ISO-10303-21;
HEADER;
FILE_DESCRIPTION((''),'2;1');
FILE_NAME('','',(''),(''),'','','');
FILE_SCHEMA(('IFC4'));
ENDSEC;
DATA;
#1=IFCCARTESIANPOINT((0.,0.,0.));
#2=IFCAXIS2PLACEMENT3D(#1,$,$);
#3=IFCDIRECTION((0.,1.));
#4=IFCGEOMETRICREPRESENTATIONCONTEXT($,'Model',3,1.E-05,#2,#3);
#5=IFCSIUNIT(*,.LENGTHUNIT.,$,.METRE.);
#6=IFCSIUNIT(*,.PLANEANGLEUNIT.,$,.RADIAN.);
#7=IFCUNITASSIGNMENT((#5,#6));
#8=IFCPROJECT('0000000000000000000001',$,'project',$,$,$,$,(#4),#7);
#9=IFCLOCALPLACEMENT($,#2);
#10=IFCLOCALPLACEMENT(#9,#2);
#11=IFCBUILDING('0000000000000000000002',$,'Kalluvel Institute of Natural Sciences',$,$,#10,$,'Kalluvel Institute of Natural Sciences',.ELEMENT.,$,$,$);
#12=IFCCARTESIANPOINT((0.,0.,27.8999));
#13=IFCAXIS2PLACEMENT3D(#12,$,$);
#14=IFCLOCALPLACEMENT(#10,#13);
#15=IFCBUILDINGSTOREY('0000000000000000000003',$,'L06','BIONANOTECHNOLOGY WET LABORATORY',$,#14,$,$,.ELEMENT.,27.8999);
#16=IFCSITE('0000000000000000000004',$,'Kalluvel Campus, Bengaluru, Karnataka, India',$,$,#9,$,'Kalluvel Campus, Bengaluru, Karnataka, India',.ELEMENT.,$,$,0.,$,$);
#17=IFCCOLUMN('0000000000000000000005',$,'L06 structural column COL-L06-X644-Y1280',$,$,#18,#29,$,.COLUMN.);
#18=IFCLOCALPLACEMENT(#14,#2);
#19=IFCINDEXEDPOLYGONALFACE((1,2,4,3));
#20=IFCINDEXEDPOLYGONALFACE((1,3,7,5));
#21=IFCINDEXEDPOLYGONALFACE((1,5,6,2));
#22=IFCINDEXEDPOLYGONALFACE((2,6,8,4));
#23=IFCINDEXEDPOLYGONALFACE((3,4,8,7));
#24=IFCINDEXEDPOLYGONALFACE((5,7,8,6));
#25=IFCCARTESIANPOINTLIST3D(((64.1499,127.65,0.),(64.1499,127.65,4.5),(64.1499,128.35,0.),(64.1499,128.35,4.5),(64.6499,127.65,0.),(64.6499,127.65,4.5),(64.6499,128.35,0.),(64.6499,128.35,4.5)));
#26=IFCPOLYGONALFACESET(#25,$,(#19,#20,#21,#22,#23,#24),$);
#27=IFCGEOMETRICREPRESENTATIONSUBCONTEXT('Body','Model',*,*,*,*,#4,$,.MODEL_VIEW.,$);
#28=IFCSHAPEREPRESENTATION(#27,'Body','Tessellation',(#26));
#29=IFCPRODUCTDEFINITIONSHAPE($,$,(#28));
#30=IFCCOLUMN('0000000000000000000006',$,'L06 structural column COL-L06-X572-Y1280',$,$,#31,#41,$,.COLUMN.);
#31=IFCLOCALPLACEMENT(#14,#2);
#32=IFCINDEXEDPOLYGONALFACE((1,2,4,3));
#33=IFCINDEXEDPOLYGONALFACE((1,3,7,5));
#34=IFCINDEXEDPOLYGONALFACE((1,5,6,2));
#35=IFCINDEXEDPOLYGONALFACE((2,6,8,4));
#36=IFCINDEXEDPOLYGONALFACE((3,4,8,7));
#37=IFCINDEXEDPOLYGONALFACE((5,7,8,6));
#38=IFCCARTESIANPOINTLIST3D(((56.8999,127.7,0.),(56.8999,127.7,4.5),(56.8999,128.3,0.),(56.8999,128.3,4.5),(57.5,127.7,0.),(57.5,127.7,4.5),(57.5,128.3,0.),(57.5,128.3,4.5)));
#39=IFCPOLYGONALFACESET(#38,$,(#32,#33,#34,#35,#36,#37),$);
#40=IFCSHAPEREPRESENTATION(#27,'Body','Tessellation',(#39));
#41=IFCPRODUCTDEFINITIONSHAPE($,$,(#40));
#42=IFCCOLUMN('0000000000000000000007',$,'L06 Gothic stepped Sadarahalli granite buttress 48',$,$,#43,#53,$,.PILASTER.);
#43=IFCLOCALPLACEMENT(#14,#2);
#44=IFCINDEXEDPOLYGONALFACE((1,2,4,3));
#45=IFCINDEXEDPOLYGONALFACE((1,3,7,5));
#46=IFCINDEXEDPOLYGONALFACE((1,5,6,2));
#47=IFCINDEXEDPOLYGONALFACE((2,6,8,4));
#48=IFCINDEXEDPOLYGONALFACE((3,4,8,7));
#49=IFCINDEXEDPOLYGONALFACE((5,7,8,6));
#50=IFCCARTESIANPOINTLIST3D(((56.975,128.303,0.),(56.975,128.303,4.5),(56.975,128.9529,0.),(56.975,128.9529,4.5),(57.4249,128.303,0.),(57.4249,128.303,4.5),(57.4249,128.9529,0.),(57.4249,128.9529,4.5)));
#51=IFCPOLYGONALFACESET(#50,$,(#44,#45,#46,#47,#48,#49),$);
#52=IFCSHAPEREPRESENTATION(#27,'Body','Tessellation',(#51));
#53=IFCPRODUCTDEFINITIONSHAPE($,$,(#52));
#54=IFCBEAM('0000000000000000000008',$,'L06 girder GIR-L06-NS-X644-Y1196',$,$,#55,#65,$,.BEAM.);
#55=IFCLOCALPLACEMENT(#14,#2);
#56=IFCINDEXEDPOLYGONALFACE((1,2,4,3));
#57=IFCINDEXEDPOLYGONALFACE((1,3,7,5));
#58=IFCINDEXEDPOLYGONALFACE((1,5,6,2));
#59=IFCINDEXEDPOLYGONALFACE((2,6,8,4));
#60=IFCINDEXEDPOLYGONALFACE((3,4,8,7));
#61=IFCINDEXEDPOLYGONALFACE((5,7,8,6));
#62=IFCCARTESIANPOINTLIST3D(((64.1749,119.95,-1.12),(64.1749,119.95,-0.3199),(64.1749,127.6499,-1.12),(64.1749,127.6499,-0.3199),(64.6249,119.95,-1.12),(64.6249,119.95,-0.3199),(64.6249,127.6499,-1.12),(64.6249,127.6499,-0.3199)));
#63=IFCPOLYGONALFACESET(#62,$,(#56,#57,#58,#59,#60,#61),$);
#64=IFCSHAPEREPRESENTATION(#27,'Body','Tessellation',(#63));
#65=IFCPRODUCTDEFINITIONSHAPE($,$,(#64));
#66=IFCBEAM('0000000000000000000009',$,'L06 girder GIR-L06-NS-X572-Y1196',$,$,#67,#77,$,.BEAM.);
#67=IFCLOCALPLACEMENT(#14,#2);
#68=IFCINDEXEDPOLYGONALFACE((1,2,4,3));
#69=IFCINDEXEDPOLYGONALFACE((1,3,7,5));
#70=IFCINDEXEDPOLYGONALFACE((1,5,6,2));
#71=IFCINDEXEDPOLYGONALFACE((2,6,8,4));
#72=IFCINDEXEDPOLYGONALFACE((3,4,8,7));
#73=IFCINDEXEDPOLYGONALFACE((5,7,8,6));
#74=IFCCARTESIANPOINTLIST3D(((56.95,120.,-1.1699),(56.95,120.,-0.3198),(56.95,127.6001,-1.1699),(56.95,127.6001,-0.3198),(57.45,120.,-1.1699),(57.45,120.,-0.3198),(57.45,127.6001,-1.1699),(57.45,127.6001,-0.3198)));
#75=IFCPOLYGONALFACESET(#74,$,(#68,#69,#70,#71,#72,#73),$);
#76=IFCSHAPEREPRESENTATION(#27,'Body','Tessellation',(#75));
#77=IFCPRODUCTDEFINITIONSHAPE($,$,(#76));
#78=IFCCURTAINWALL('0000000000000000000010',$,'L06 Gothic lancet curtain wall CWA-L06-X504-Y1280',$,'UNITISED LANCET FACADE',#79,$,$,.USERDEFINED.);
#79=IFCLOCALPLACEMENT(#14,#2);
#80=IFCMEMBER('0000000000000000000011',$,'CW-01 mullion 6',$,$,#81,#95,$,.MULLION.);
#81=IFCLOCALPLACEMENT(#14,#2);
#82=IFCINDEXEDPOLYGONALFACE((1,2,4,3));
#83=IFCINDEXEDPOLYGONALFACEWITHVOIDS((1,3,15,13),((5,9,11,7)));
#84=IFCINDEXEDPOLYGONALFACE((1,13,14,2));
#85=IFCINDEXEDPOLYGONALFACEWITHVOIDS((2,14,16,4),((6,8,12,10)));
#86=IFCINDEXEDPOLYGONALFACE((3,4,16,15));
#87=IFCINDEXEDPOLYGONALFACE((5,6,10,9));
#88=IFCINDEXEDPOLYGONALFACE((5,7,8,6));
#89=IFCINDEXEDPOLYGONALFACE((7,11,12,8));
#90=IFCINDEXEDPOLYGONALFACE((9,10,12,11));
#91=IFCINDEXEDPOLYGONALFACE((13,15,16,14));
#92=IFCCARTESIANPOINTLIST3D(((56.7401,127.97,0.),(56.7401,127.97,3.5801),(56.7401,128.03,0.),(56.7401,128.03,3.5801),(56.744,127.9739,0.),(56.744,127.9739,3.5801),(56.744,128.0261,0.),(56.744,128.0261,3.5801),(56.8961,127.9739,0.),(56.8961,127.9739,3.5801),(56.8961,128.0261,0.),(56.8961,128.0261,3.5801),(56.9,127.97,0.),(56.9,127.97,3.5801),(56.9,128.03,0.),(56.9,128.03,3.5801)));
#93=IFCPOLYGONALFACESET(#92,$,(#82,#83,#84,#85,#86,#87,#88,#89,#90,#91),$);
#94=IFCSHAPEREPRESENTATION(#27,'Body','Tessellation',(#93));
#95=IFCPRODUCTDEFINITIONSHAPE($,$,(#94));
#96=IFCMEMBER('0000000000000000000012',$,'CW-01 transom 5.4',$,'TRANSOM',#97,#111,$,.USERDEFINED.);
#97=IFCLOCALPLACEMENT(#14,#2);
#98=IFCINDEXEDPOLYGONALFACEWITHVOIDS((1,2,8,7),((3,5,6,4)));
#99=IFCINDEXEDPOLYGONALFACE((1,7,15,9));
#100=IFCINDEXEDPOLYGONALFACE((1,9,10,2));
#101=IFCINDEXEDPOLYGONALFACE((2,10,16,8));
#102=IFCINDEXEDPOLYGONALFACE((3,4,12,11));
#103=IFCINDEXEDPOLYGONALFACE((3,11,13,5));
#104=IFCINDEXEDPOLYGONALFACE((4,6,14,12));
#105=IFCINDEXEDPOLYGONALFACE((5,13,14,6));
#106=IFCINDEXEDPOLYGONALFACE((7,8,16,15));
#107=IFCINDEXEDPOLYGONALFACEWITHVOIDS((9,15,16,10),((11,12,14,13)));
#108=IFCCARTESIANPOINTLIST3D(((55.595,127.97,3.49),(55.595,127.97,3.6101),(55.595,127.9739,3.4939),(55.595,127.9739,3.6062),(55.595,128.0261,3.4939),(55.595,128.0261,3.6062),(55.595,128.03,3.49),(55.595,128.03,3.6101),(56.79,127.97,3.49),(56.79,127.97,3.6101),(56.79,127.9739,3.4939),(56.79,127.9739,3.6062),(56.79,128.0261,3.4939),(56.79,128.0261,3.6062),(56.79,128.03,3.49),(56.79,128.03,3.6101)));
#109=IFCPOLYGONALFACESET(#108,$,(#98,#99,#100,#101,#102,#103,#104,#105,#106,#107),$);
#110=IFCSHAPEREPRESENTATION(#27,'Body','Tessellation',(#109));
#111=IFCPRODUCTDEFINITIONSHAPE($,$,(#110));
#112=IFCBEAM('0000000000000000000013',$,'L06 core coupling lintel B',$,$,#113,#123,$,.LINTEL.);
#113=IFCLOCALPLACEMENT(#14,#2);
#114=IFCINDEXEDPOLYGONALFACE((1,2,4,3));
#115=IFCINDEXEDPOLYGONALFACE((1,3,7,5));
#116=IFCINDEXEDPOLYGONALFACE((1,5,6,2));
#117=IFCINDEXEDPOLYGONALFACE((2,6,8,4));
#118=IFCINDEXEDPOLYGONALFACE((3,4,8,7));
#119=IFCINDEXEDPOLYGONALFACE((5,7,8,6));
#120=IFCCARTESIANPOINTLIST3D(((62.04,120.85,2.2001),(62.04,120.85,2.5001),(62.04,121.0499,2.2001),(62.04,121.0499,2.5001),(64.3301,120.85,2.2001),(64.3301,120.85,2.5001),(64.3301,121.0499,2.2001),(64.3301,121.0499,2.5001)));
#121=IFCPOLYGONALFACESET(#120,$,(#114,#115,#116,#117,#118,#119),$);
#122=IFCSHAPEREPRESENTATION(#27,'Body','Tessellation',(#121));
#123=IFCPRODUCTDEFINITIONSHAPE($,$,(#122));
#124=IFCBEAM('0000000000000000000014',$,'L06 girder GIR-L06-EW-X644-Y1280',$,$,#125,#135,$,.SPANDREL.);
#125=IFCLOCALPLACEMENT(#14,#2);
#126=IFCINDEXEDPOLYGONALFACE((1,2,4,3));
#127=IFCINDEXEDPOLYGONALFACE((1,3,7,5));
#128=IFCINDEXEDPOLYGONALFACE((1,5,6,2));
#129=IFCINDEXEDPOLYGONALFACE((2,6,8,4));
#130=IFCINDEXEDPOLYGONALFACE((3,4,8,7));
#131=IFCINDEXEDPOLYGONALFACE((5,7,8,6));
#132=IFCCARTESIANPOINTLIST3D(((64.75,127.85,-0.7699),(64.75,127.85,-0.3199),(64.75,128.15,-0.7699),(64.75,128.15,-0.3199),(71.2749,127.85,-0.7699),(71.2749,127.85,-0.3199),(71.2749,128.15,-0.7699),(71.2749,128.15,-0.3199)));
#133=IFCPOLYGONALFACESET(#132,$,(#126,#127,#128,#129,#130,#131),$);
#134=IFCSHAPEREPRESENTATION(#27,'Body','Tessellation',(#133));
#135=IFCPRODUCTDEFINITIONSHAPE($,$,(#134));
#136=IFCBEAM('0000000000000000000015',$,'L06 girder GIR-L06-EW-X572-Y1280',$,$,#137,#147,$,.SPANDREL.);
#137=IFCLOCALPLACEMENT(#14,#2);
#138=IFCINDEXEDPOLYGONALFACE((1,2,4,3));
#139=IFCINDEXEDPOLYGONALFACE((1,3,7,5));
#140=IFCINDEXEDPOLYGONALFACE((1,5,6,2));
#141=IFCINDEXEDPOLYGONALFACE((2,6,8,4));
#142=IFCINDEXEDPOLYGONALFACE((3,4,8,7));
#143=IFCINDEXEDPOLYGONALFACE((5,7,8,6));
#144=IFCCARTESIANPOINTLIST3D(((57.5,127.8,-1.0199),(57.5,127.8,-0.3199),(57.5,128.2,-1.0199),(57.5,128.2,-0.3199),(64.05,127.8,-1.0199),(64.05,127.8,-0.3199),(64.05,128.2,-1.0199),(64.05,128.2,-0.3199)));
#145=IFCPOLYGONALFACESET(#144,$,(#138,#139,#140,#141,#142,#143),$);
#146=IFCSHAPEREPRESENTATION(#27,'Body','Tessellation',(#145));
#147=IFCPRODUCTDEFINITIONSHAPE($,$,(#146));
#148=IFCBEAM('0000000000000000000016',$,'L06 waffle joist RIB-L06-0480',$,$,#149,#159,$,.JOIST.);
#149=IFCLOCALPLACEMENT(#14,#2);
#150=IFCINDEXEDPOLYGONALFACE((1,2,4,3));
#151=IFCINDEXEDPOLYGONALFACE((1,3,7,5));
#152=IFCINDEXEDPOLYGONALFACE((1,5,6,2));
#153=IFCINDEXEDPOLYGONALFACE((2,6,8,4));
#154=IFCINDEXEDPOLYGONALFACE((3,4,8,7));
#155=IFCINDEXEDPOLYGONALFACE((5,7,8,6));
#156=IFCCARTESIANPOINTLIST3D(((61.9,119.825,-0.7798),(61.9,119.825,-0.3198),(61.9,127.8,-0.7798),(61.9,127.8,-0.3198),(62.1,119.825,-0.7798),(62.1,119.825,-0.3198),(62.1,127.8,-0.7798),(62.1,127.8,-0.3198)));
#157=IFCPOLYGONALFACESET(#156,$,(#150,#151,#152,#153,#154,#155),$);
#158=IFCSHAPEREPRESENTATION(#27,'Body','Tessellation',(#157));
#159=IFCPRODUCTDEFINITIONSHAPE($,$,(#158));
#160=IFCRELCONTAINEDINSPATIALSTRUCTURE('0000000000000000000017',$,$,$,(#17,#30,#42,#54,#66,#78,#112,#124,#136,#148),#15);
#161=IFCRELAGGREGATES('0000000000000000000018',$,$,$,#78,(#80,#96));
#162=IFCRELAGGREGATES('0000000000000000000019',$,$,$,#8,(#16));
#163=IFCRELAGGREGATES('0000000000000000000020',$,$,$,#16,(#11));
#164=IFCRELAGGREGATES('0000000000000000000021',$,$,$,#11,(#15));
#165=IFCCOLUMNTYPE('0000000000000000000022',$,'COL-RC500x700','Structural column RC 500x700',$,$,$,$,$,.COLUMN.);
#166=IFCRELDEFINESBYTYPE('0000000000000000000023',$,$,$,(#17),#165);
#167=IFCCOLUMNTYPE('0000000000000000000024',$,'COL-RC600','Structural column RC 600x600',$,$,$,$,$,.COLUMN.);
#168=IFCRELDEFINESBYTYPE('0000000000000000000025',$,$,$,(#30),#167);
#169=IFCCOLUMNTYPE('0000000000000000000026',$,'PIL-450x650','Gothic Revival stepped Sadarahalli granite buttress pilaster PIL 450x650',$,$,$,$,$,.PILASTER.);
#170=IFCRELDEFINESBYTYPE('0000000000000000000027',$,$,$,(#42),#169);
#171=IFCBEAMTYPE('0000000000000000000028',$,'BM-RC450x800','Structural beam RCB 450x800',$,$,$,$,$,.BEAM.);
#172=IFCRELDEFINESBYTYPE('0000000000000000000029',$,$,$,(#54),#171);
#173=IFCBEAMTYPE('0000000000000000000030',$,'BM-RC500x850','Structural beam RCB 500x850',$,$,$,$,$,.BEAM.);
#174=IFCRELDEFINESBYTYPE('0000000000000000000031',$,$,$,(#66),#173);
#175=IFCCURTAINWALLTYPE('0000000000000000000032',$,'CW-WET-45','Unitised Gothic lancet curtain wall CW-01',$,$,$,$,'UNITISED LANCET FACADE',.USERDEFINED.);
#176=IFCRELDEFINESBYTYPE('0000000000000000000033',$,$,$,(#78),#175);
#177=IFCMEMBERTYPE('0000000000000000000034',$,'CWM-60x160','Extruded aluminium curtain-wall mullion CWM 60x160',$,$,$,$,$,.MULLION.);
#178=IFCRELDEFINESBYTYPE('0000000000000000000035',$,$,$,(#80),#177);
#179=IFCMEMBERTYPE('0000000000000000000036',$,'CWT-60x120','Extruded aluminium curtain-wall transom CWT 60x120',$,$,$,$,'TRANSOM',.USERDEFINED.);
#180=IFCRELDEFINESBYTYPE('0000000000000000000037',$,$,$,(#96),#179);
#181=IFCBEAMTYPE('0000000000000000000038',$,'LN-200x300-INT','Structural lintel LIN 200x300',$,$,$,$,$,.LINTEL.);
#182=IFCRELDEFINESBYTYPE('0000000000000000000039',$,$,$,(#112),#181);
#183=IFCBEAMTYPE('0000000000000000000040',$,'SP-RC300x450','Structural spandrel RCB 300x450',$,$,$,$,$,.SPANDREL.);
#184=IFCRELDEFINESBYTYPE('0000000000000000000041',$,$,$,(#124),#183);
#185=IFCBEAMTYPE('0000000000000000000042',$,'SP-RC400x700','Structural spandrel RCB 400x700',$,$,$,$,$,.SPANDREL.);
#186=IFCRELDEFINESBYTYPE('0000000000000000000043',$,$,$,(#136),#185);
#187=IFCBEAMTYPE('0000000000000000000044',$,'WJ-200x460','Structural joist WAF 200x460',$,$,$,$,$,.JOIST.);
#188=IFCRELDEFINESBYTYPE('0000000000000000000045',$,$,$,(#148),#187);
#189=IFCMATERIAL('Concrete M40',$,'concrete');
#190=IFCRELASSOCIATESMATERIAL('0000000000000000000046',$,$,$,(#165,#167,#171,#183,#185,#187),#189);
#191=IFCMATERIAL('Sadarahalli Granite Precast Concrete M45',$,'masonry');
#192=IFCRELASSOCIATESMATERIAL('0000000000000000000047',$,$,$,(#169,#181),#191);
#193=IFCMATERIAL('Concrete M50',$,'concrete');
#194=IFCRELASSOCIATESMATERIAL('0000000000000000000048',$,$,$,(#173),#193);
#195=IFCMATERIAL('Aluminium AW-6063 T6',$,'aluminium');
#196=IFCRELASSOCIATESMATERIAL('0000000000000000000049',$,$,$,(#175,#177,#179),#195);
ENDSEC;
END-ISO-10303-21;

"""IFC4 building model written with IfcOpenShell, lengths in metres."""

from ifc_helpers import new_model, si_unit, direction, frame, origin, origin_2d, place, context, subcontext, project, spatial, rectangle, hollow_rectangle, extrude, material, material_profile, profile_set, type_object, element, aggregate, save


model = new_model("IFC4")

# Units and contexts
model_context = context("Model", 3, precision=1e-05, world=origin(), true_north=direction((0.0, 1.0)))
body_context = subcontext(model_context, "Body", "Model", "MODEL_VIEW")
ifc_project = project(units=[si_unit("LENGTHUNIT", "METRE"), si_unit("PLANEANGLEUNIT", "RADIAN")], contexts=[model_context])

# Site, building, storey
site_placement = place(None, origin())
site = spatial("IfcSite", under=ifc_project, at=site_placement, Name="Kalluvel Campus, Bengaluru, Karnataka, India", LongName="Kalluvel Campus, Bengaluru, Karnataka, India", CompositionType="ELEMENT", RefElevation=0.0)
building_placement = place(site_placement, origin())
building = spatial("IfcBuilding", under=site, at=building_placement, Name="Kalluvel Institute of Natural Sciences", LongName="Kalluvel Institute of Natural Sciences", CompositionType="ELEMENT")
storey_placement = place(building_placement, frame((0.0, 0.0, 27.8999)))
storey = spatial("IfcBuildingStorey", under=building, at=storey_placement, Name="L06", Description="BIONANOTECHNOLOGY WET LABORATORY", CompositionType="ELEMENT", Elevation=27.8999)

# Columns
ifc_material_1 = material(Name="Concrete M40", Category="concrete")
ifc_material_profile_1 = material_profile(ifc_material_1, rectangle(XDim=0.5, YDim=0.7, at=origin_2d()), Name="RC 500x700")
ifc_profile_set_1 = profile_set([ifc_material_profile_1], Name="Concrete M40")
column_type_1 = type_object("IfcColumnType", Name="COL-RC500x700", Description="Structural column RC 500x700", PredefinedType="COLUMN", material=ifc_profile_set_1)
column_1_placement = place(storey_placement, frame((64.3999, 128.0, 0.0), z_axis=(0.0, 0.0, 1.0), x_axis=(1.0, 0.0, 0.0)))
element("IfcColumn", 1, at=column_1_placement, inside=storey, type_object=column_type_1, Name="L06 structural column COL-L06-X644-Y1280", PredefinedType="COLUMN", context=body_context, shape_type="SweptSolid", body=[
    extrude(rectangle(XDim=0.5, YDim=0.7, at=origin_2d()), origin(), (0.0, 0.0, 1.0), 4.5),
])
ifc_material_profile_2 = material_profile(ifc_material_1, rectangle(XDim=0.6001, YDim=0.6001, at=origin_2d()), Name="RC 600x600")
ifc_profile_set_2 = profile_set([ifc_material_profile_2], Name="Concrete M40")
column_type_2 = type_object("IfcColumnType", Name="COL-RC600", Description="Structural column RC 600x600", PredefinedType="COLUMN", material=ifc_profile_set_2)
column_2_placement = place(storey_placement, frame((57.2, 128.0, 0.0), z_axis=(0.0, 0.0, 1.0), x_axis=(1.0, 0.0, 0.0)))
element("IfcColumn", 2, at=column_2_placement, inside=storey, type_object=column_type_2, Name="L06 structural column COL-L06-X572-Y1280", PredefinedType="COLUMN", context=body_context, shape_type="SweptSolid", body=[
    extrude(rectangle(XDim=0.6001, YDim=0.6001, at=origin_2d()), origin(), (0.0, 0.0, 1.0), 4.5),
])
ifc_material_2 = material(Name="Sadarahalli Granite Precast Concrete M45", Category="masonry")
ifc_material_profile_3 = material_profile(ifc_material_2, rectangle(XDim=0.45, YDim=0.6499, at=origin_2d()), Name="PIL 450x650")
ifc_profile_set_3 = profile_set([ifc_material_profile_3], Name="Sadarahalli Granite Precast Concrete M45")
column_type_3 = type_object("IfcColumnType", Name="PIL-450x650", Description="Gothic Revival stepped Sadarahalli granite buttress pilaster PIL 450x650", PredefinedType="PILASTER", material=ifc_profile_set_3)
column_3_placement = place(storey_placement, frame((57.2, 128.6279, 0.0), z_axis=(0.0, 0.0, 1.0), x_axis=(1.0, 0.0, 0.0)))
element("IfcColumn", 3, at=column_3_placement, inside=storey, type_object=column_type_3, Name="L06 Gothic stepped Sadarahalli granite buttress 48", PredefinedType="PILASTER", context=body_context, shape_type="SweptSolid", body=[
    extrude(rectangle(XDim=0.45, YDim=0.6499, at=origin_2d()), origin(), (0.0, 0.0, 1.0), 4.5),
])

# Beams
ifc_material_profile_4 = material_profile(ifc_material_1, rectangle(XDim=0.45, YDim=0.8, at=origin_2d()), Name="RCB 450x800")
ifc_profile_set_4 = profile_set([ifc_material_profile_4], Name="Concrete M40")
beam_type_1 = type_object("IfcBeamType", Name="BM-RC450x800", Description="Structural beam RCB 450x800", PredefinedType="BEAM", material=ifc_profile_set_4)
beam_1_placement = place(storey_placement, frame((64.3999, 119.95, -0.72), z_axis=(0.0, 1.0, 0.0), x_axis=(-1.0, 0.0, 0.0)))
element("IfcBeam", 4, at=beam_1_placement, inside=storey, type_object=beam_type_1, Name="L06 girder GIR-L06-NS-X644-Y1196", PredefinedType="BEAM", context=body_context, shape_type="SweptSolid", body=[
    extrude(rectangle(XDim=0.45, YDim=0.8, at=origin_2d()), origin(), (0.0, 0.0, 1.0), 7.7),
])
ifc_material_3 = material(Name="Concrete M50", Category="concrete")
ifc_material_profile_5 = material_profile(ifc_material_3, rectangle(XDim=0.5, YDim=0.8501, at=origin_2d()), Name="RCB 500x850")
ifc_profile_set_5 = profile_set([ifc_material_profile_5], Name="Concrete M50")
beam_type_2 = type_object("IfcBeamType", Name="BM-RC500x850", Description="Structural beam RCB 500x850", PredefinedType="BEAM", material=ifc_profile_set_5)
beam_2_placement = place(storey_placement, frame((57.2, 120.0, -0.7449), z_axis=(0.0, 1.0, 0.0), x_axis=(-1.0, 0.0, 0.0)))
element("IfcBeam", 5, at=beam_2_placement, inside=storey, type_object=beam_type_2, Name="L06 girder GIR-L06-NS-X572-Y1196", PredefinedType="BEAM", context=body_context, shape_type="SweptSolid", body=[
    extrude(rectangle(XDim=0.5, YDim=0.8501, at=origin_2d()), origin(), (0.0, 0.0, 1.0), 7.6001),
])

# Curtain wall, members
ifc_material_4 = material(Name="Aluminium AW-6063 T6", Category="aluminium")
curtain_wall_type = type_object("IfcCurtainWallType", Name="CW-WET-45", Description="Unitised Gothic lancet curtain wall CW-01", ElementType="UNITISED LANCET FACADE", PredefinedType="USERDEFINED", material=ifc_material_4)
curtain_wall_placement = place(storey_placement, origin())
curtain_wall = element("IfcCurtainWall", 6, at=curtain_wall_placement, inside=storey, type_object=curtain_wall_type, Name="L06 Gothic lancet curtain wall CWA-L06-X504-Y1280", ObjectType="UNITISED LANCET FACADE", PredefinedType="USERDEFINED")
ifc_material_profile_6 = material_profile(ifc_material_4, hollow_rectangle(XDim=0.0601, YDim=0.1599, WallThickness=0.0039, at=origin_2d()), Name="CWM 60x160")
ifc_profile_set_6 = profile_set([ifc_material_profile_6], Name="Aluminium AW-6063 T6")
member_type_1 = type_object("IfcMemberType", Name="CWM-60x160", Description="Extruded aluminium curtain-wall mullion CWM 60x160", PredefinedType="MULLION", material=ifc_profile_set_6)
member_1_placement = place(storey_placement, frame((56.8201, 128.0, 0.0), z_axis=(0.0, 0.0, 1.0), x_axis=(0.0, 1.0, 0.0)))
member_1 = element("IfcMember", 7, at=member_1_placement, type_object=member_type_1, Name="CW-01 mullion 6", PredefinedType="MULLION", context=body_context, shape_type="SweptSolid", body=[
    extrude(hollow_rectangle(XDim=0.0601, YDim=0.1599, WallThickness=0.0039, at=origin_2d()), origin(), (0.0, 0.0, 1.0), 3.5801),
])
ifc_material_profile_7 = material_profile(ifc_material_4, hollow_rectangle(XDim=0.0601, YDim=0.1201, WallThickness=0.0039, at=origin_2d()), Name="CWT 60x120")
ifc_profile_set_7 = profile_set([ifc_material_profile_7], Name="Aluminium AW-6063 T6")
member_type_2 = type_object("IfcMemberType", Name="CWT-60x120", Description="Extruded aluminium curtain-wall transom CWT 60x120", ElementType="TRANSOM", PredefinedType="USERDEFINED", material=ifc_profile_set_7)
member_2_placement = place(storey_placement, frame((55.595, 128.0, 3.55), z_axis=(1.0, 0.0, 0.0), x_axis=(0.0, 1.0, 0.0)))
member_2 = element("IfcMember", 8, at=member_2_placement, type_object=member_type_2, Name="CW-01 transom 5.4", ObjectType="TRANSOM", PredefinedType="USERDEFINED", context=body_context, shape_type="SweptSolid", body=[
    extrude(hollow_rectangle(XDim=0.0601, YDim=0.1201, WallThickness=0.0039, at=origin_2d()), origin(), (0.0, 0.0, 1.0), 1.1951),
])

# Beams
ifc_material_profile_8 = material_profile(ifc_material_2, rectangle(XDim=0.2, YDim=0.3, at=origin_2d()), Name="LIN 200x300")
ifc_profile_set_8 = profile_set([ifc_material_profile_8], Name="Sadarahalli Granite Precast Concrete M45")
beam_type_3 = type_object("IfcBeamType", Name="LN-200x300-INT", Description="Structural lintel LIN 200x300", PredefinedType="LINTEL", material=ifc_profile_set_8)
beam_3_placement = place(storey_placement, frame((62.04, 120.95, 2.3501), z_axis=(1.0, 0.0, 0.0), x_axis=(0.0, 1.0, 0.0)))
element("IfcBeam", 9, at=beam_3_placement, inside=storey, type_object=beam_type_3, Name="L06 core coupling lintel B", PredefinedType="LINTEL", context=body_context, shape_type="SweptSolid", body=[
    extrude(rectangle(XDim=0.2, YDim=0.3, at=origin_2d()), origin(), (0.0, 0.0, 1.0), 2.29),
])
ifc_material_profile_9 = material_profile(ifc_material_1, rectangle(XDim=0.3, YDim=0.45, at=origin_2d()), Name="RCB 300x450")
ifc_profile_set_9 = profile_set([ifc_material_profile_9], Name="Concrete M40")
beam_type_4 = type_object("IfcBeamType", Name="SP-RC300x450", Description="Structural spandrel RCB 300x450", PredefinedType="SPANDREL", material=ifc_profile_set_9)
beam_4_placement = place(storey_placement, frame((64.75, 128.0, -0.5449), z_axis=(1.0, 0.0, 0.0), x_axis=(0.0, 1.0, 0.0)))
element("IfcBeam", 10, at=beam_4_placement, inside=storey, type_object=beam_type_4, Name="L06 girder GIR-L06-EW-X644-Y1280", PredefinedType="SPANDREL", context=body_context, shape_type="SweptSolid", body=[
    extrude(rectangle(XDim=0.3, YDim=0.45, at=origin_2d()), origin(), (0.0, 0.0, 1.0), 6.5249),
])
ifc_material_profile_10 = material_profile(ifc_material_1, rectangle(XDim=0.3999, YDim=0.7, at=origin_2d()), Name="RCB 400x700")
ifc_profile_set_10 = profile_set([ifc_material_profile_10], Name="Concrete M40")
beam_type_5 = type_object("IfcBeamType", Name="SP-RC400x700", Description="Structural spandrel RCB 400x700", PredefinedType="SPANDREL", material=ifc_profile_set_10)
beam_5_placement = place(storey_placement, frame((57.5, 128.0, -0.6699), z_axis=(1.0, 0.0, 0.0), x_axis=(0.0, 1.0, 0.0)))
element("IfcBeam", 11, at=beam_5_placement, inside=storey, type_object=beam_type_5, Name="L06 girder GIR-L06-EW-X572-Y1280", PredefinedType="SPANDREL", context=body_context, shape_type="SweptSolid", body=[
    extrude(rectangle(XDim=0.3999, YDim=0.7, at=origin_2d()), origin(), (0.0, 0.0, 1.0), 6.55),
])
ifc_material_profile_11 = material_profile(ifc_material_1, rectangle(XDim=0.2, YDim=0.46, at=origin_2d()), Name="WAF 200x460")
ifc_profile_set_11 = profile_set([ifc_material_profile_11], Name="Concrete M40")
beam_type_6 = type_object("IfcBeamType", Name="WJ-200x460", Description="Structural joist WAF 200x460", PredefinedType="JOIST", material=ifc_profile_set_11)
beam_6_placement = place(storey_placement, frame((62.0, 119.825, -0.5498), z_axis=(0.0, 1.0, 0.0), x_axis=(-1.0, 0.0, 0.0)))
element("IfcBeam", 12, at=beam_6_placement, inside=storey, type_object=beam_type_6, Name="L06 waffle joist RIB-L06-0480", PredefinedType="JOIST", context=body_context, shape_type="SweptSolid", body=[
    extrude(rectangle(XDim=0.2, YDim=0.46, at=origin_2d()), origin(), (0.0, 0.0, 1.0), 7.9751),
])

aggregate(curtain_wall, [member_1, member_2])

save(model, "model.ifc")
